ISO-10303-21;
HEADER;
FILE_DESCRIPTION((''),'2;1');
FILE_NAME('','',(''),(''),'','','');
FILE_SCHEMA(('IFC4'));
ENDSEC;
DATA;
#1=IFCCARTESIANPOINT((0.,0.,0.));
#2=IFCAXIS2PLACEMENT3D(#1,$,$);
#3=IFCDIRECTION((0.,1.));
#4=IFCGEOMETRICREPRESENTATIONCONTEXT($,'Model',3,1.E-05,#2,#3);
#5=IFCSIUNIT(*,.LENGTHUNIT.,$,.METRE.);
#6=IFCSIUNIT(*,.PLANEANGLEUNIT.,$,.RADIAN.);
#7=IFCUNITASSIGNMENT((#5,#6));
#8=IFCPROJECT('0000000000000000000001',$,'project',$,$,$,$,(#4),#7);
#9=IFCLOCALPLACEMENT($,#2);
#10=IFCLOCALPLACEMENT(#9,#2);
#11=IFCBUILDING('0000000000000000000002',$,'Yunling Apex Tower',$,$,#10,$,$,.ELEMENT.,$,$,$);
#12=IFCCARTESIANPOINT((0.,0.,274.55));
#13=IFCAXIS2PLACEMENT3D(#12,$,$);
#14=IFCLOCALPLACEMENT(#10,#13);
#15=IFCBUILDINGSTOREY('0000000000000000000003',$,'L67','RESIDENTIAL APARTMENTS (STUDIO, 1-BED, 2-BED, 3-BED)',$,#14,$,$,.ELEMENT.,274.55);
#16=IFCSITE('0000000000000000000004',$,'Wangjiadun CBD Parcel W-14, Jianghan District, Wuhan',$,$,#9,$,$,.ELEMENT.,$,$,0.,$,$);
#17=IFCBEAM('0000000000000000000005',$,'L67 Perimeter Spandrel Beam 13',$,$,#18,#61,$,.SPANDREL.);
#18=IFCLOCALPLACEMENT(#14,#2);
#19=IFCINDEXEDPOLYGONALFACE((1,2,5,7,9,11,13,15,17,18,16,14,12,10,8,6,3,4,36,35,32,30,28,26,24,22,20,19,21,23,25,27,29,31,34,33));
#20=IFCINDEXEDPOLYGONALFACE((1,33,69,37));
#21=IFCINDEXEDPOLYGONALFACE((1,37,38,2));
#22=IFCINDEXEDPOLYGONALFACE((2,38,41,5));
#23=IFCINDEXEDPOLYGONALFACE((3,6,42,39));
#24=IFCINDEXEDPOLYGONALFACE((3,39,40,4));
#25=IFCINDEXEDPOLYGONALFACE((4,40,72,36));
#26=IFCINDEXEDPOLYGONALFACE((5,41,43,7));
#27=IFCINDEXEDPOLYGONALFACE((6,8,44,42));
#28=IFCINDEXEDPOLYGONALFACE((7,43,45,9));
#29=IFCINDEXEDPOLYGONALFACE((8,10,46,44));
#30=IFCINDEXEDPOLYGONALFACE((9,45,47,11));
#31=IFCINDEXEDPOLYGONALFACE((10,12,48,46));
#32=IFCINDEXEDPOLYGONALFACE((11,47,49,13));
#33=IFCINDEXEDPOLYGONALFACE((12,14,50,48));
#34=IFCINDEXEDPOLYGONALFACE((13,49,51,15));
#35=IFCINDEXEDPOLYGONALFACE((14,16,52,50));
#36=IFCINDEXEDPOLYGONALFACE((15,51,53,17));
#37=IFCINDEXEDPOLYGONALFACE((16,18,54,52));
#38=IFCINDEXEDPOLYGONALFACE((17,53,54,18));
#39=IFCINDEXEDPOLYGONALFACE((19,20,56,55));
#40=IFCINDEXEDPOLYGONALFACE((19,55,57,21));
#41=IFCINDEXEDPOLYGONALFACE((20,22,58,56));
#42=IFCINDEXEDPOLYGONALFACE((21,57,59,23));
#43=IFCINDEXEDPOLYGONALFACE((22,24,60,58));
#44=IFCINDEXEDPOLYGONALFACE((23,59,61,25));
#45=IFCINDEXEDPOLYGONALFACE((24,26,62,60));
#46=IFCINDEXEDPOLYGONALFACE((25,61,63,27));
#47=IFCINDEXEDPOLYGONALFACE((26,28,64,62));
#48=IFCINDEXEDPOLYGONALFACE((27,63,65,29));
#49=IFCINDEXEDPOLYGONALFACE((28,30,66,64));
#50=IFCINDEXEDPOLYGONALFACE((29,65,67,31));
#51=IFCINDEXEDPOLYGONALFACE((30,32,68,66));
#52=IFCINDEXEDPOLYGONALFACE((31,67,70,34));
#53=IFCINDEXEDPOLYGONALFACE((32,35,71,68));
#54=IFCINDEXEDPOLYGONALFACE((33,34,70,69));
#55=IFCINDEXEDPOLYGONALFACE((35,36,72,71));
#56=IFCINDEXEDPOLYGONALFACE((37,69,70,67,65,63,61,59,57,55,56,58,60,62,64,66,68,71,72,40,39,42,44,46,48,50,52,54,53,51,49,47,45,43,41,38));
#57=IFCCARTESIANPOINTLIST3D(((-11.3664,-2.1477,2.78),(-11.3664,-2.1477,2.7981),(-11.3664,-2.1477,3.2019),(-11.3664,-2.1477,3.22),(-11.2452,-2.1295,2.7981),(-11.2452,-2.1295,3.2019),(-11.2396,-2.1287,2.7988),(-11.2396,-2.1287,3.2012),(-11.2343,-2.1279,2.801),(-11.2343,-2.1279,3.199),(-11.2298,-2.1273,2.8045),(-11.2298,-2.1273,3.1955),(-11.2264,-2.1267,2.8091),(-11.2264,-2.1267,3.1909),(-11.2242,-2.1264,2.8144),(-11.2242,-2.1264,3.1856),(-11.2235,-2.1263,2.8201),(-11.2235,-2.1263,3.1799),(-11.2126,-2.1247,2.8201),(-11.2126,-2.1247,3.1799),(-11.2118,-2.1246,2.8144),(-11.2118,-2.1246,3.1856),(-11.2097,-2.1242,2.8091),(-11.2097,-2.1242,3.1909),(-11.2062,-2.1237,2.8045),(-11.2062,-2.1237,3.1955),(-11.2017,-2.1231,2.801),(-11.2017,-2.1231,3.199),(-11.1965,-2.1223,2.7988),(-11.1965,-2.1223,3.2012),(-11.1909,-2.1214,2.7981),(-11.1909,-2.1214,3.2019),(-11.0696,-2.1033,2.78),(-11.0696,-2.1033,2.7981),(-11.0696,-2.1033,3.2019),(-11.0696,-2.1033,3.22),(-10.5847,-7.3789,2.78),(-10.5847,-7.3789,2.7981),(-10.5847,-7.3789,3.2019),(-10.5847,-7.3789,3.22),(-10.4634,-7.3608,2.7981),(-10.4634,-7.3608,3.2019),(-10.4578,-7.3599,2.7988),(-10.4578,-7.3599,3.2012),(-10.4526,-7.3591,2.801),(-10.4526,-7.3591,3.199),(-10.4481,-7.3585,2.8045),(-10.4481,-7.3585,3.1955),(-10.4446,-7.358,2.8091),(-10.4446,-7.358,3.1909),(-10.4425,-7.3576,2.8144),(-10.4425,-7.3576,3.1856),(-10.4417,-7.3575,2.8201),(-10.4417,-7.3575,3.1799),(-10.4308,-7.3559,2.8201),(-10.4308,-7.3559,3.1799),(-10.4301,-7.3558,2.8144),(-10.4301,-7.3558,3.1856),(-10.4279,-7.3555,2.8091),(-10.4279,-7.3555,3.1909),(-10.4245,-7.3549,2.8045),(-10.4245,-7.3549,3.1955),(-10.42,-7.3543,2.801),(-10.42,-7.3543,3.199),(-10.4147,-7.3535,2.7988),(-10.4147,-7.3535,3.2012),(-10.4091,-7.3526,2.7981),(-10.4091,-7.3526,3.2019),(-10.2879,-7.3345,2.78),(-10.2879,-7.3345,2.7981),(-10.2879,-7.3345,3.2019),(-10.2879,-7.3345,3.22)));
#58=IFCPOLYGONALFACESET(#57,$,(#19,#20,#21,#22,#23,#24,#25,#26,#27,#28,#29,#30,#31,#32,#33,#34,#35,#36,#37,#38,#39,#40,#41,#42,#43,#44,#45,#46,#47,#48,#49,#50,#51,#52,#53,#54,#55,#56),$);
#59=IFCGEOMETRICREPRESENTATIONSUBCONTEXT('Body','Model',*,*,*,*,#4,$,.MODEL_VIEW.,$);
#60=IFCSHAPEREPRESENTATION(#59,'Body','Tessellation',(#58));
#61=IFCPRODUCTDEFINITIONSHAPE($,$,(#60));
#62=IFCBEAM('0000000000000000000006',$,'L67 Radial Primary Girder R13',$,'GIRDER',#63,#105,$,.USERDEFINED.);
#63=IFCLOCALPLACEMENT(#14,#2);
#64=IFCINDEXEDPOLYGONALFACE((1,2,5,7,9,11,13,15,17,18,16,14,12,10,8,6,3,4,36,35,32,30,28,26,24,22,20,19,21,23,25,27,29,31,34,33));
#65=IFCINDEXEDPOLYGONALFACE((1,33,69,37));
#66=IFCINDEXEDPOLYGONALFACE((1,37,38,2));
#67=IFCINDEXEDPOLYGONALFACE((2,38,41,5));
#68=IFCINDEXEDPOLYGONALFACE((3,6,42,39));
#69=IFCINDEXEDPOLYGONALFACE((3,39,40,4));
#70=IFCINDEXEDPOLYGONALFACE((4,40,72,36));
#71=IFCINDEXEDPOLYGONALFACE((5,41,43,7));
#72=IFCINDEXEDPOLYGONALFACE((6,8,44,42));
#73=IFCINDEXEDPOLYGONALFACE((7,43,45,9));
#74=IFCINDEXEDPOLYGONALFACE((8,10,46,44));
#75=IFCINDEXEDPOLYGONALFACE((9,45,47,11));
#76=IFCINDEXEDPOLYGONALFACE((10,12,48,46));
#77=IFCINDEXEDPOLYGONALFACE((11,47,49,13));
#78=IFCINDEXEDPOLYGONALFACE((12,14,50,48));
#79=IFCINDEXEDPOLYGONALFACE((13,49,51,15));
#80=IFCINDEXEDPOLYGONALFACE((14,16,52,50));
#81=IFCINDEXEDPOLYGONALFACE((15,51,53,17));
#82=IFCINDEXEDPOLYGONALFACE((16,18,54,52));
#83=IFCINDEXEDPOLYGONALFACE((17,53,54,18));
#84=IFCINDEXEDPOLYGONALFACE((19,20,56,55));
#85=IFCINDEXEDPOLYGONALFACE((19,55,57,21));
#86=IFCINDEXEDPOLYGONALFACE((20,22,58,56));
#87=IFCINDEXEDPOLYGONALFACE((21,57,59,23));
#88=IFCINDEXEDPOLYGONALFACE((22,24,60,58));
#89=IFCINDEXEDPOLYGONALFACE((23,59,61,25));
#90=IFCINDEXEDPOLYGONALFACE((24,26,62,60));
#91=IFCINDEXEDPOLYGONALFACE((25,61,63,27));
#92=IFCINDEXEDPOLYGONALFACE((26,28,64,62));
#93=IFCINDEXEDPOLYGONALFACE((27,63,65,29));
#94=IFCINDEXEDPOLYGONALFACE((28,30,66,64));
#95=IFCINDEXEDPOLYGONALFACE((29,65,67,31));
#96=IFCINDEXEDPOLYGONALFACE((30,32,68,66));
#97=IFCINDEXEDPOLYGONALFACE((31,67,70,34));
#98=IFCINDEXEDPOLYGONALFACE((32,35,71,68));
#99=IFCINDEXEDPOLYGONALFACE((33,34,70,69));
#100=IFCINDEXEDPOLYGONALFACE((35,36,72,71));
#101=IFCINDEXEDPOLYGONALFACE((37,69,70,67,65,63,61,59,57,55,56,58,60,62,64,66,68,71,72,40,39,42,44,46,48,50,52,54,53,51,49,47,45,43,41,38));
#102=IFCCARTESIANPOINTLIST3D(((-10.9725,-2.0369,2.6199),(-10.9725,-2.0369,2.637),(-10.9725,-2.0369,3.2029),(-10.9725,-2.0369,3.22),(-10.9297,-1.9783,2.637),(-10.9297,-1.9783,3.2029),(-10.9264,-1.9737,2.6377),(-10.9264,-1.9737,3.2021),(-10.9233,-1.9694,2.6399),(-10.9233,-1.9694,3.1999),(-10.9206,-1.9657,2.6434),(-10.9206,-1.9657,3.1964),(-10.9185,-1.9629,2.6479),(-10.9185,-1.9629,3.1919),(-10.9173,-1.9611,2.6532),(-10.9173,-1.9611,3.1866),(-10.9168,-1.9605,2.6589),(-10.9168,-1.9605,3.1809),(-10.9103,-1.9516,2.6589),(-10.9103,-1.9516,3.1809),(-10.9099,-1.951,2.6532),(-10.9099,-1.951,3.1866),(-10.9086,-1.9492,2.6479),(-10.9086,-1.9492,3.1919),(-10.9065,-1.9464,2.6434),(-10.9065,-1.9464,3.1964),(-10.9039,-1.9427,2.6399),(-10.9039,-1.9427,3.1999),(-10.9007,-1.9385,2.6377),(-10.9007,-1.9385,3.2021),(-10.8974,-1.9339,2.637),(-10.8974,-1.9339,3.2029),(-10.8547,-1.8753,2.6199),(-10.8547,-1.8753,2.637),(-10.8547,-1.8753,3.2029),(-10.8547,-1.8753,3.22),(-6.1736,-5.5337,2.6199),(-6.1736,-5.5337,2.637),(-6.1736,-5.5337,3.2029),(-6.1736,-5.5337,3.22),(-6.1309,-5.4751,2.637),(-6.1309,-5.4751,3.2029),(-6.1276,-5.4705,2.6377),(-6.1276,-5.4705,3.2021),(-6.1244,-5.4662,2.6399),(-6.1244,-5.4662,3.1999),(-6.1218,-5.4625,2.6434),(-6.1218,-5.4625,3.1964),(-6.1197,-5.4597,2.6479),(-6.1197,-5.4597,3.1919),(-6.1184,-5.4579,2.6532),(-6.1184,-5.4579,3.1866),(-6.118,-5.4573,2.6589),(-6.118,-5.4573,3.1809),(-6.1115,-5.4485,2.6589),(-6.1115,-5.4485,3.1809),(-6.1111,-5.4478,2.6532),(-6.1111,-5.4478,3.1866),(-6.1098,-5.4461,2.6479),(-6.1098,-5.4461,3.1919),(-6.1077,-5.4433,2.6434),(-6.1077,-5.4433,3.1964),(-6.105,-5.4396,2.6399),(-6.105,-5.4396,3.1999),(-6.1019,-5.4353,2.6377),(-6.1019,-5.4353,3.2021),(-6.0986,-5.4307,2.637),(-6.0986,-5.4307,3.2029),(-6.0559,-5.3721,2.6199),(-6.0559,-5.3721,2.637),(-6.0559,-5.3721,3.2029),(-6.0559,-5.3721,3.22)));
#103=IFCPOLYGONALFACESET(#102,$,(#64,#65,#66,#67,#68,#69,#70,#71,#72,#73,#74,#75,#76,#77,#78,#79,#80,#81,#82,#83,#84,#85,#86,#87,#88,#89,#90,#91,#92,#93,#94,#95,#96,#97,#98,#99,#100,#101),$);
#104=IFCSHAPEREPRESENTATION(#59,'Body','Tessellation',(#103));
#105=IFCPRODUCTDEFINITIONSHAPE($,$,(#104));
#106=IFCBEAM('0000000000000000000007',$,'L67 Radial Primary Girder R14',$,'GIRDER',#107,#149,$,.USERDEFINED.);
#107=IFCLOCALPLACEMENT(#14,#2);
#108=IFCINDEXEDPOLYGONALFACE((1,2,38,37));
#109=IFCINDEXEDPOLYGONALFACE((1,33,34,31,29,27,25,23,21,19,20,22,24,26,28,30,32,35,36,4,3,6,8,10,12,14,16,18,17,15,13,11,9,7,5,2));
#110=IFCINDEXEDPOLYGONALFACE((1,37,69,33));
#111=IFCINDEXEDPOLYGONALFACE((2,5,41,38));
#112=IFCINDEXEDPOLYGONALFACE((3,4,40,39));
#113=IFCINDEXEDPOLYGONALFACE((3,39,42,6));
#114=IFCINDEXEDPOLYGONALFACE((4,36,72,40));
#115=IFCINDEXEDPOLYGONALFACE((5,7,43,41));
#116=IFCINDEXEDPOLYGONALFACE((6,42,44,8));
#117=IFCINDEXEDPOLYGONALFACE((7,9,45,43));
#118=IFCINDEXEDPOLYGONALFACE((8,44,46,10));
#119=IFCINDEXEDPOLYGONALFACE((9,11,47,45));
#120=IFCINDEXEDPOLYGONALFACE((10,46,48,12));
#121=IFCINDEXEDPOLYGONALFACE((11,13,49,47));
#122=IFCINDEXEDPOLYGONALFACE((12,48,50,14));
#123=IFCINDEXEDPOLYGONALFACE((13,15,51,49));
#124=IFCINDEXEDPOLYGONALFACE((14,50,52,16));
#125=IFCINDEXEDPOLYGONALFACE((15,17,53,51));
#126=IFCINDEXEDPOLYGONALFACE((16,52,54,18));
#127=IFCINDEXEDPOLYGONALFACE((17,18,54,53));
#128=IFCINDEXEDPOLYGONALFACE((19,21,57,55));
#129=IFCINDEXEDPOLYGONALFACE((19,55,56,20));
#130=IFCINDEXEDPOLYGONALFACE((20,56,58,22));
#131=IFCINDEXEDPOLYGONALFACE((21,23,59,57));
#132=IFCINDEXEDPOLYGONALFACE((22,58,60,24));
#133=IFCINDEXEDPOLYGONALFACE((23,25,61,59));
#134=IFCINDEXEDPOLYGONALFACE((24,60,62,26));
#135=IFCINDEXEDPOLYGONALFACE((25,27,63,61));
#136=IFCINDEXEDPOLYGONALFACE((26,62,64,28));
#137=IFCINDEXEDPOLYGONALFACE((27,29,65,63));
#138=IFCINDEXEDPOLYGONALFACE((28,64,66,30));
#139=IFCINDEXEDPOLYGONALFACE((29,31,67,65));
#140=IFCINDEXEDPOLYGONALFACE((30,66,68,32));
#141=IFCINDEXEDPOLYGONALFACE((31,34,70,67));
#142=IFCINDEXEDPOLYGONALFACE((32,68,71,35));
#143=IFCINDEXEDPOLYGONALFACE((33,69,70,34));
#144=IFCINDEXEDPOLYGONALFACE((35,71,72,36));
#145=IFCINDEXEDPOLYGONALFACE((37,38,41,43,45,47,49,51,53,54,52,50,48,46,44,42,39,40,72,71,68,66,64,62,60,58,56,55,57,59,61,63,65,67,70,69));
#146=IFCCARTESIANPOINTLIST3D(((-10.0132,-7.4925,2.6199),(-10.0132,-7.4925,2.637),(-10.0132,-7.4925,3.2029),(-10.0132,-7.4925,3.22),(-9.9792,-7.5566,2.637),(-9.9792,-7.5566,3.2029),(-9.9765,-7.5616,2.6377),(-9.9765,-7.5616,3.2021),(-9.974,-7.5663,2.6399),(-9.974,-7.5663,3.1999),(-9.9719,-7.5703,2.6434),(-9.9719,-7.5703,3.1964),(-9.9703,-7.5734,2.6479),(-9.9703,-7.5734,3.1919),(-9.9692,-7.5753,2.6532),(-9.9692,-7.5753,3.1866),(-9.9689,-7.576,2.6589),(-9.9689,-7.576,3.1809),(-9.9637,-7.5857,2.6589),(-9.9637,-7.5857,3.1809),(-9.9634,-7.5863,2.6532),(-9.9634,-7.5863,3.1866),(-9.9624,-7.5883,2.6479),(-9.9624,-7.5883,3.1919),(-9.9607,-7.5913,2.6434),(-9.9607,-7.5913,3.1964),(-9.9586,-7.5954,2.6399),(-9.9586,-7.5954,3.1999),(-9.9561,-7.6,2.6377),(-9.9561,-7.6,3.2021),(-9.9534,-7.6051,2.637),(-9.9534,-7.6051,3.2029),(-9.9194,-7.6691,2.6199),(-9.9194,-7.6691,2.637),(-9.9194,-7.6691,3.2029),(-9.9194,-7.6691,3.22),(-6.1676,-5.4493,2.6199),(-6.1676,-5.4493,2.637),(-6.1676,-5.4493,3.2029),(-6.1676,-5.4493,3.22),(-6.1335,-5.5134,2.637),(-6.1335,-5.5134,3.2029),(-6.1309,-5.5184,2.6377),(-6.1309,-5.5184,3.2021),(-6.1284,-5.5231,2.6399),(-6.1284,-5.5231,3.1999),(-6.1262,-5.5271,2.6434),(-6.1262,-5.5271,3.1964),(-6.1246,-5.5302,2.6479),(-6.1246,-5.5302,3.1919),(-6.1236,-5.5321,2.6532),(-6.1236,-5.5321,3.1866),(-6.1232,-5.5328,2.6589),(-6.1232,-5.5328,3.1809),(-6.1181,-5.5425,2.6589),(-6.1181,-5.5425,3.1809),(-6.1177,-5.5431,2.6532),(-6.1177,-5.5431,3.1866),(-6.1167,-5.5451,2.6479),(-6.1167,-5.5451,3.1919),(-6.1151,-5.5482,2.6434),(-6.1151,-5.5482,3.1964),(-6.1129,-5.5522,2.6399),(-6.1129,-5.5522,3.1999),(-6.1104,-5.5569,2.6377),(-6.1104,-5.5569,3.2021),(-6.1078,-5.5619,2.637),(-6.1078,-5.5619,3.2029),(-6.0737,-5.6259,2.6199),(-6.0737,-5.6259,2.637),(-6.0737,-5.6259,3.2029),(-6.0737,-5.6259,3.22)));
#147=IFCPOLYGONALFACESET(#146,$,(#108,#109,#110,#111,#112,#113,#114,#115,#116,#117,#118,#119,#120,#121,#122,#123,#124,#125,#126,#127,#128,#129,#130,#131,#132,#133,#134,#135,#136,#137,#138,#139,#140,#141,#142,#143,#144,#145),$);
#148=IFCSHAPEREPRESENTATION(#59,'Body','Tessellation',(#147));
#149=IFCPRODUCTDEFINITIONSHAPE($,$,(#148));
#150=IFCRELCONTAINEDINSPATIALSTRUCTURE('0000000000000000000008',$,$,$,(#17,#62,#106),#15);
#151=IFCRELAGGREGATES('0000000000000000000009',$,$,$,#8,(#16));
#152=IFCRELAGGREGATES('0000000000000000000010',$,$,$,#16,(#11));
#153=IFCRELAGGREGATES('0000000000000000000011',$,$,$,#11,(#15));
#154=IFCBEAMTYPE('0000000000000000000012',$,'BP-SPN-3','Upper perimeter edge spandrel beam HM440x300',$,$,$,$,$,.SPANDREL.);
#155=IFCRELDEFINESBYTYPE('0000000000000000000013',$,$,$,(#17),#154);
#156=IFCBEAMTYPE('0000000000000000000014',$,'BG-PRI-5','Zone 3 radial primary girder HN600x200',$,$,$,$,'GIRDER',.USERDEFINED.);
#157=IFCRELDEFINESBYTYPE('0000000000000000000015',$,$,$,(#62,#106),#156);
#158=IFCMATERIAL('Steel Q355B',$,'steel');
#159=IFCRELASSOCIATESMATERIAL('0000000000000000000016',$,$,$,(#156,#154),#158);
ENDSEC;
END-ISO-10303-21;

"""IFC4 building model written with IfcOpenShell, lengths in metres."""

from ifc_helpers import new_model, si_unit, direction, frame, origin, origin_2d, place, context, subcontext, project, spatial, i_section, extrude, source, transform, mapped, material, material_profile, profile_set, type_object, element, save


model = new_model("IFC4")

# Units and contexts
model_context = context("Model", 3, precision=1e-05, world=origin(), true_north=direction((0.0, 1.0)))
body_context = subcontext(model_context, "Body", "Model", "MODEL_VIEW")
ifc_project = project(units=[si_unit("LENGTHUNIT", "METRE"), si_unit("PLANEANGLEUNIT", "RADIAN")], contexts=[model_context])

# Site, building, storey
site_placement = place(None, origin())
site = spatial("IfcSite", under=ifc_project, at=site_placement, Name="Wangjiadun CBD Parcel W-14, Jianghan District, Wuhan", CompositionType="ELEMENT", RefElevation=0.0)
building_placement = place(site_placement, origin())
building = spatial("IfcBuilding", under=site, at=building_placement, Name="Yunling Apex Tower", CompositionType="ELEMENT")
storey_placement = place(building_placement, frame((0.0, 0.0, 274.55)))
storey = spatial("IfcBuildingStorey", under=building, at=storey_placement, Name="L67", Description="RESIDENTIAL APARTMENTS (STUDIO, 1-BED, 2-BED, 3-BED)", CompositionType="ELEMENT", Elevation=274.55)

# Shared definitions
ifc_material_1 = material(Name="Steel Q355B", Category="steel")

# Beams
ifc_material_profile_1 = material_profile(ifc_material_1, i_section(OverallWidth=0.2, OverallDepth=0.6001, WebThickness=0.011, FlangeThickness=0.0171, FilletRadius=0.022, at=origin_2d()))
ifc_profile_set_1 = profile_set([ifc_material_profile_1], Name="Steel Q355B")
beam_type_1 = type_object("IfcBeamType", Name="BG-PRI-5", Description="Zone 3 radial primary girder HN600x200", ElementType="GIRDER", PredefinedType="USERDEFINED", material=ifc_profile_set_1)
ifc_material_profile_2 = material_profile(ifc_material_1, i_section(OverallWidth=0.3, OverallDepth=0.4399, WebThickness=0.011, FlangeThickness=0.0181, FilletRadius=0.022, at=origin_2d()))
ifc_profile_set_2 = profile_set([ifc_material_profile_2], Name="Steel Q355B")
beam_type_2 = type_object("IfcBeamType", Name="BP-SPN-3", Description="Upper perimeter edge spandrel beam HM440x300", PredefinedType="SPANDREL", material=ifc_profile_set_2)
shared_shape_1 = source(origin(), body_context, "Body", "SweptSolid", [
    extrude(i_section(OverallWidth=0.3, OverallDepth=0.4399, WebThickness=0.011, FlangeThickness=0.0181, FilletRadius=0.022, at=origin_2d()), origin(), (0.0, 0.0, 1.0), 5.2893),
])
beam_1_placement = place(storey_placement, frame((-11.218, -2.1255, 3.0), z_axis=(0.147796, -0.989018, 0.0), x_axis=(0.989018, 0.147796, 0.0)))
element("IfcBeam", 1, at=beam_1_placement, inside=storey, type_object=beam_type_2, Name="L67 Perimeter Spandrel Beam 13", PredefinedType="SPANDREL", context=body_context, shape_type="MappedRepresentation", body=[
    mapped(shared_shape_1, transform((0.0, 0.0, 0.0), scale=1.0)),
])
shared_shape_2 = source(origin(), body_context, "Body", "SweptSolid", [
    extrude(i_section(OverallWidth=0.2, OverallDepth=0.6001, WebThickness=0.011, FlangeThickness=0.0171, FilletRadius=0.022, at=origin_2d()), origin(), (0.0, 0.0, 1.0), 5.9377),
])
beam_2_placement = place(storey_placement, frame((-10.9136, -1.9561, 2.9199), z_axis=(0.808193, -0.588917, 0.0), x_axis=(0.588917, 0.808193, 0.0)))
element("IfcBeam", 2, at=beam_2_placement, inside=storey, type_object=beam_type_1, Name="L67 Radial Primary Girder R13", ObjectType="GIRDER", PredefinedType="USERDEFINED", context=body_context, shape_type="MappedRepresentation", body=[
    mapped(shared_shape_2, transform((0.0, 0.0, 0.0), scale=1.0)),
])
shared_shape_3 = source(origin(), body_context, "Body", "SweptSolid", [
    extrude(i_section(OverallWidth=0.2, OverallDepth=0.6001, WebThickness=0.011, FlangeThickness=0.0171, FilletRadius=0.022, at=origin_2d()), origin(), (0.0, 0.0, 1.0), 4.3547),
])
beam_3_placement = place(storey_placement, frame((-9.9663, -7.5808, 2.9199), z_axis=(0.883098, 0.469188, 0.0), x_axis=(-0.469188, 0.883098, 0.0)))
element("IfcBeam", 3, at=beam_3_placement, inside=storey, type_object=beam_type_1, Name="L67 Radial Primary Girder R14", ObjectType="GIRDER", PredefinedType="USERDEFINED", context=body_context, shape_type="MappedRepresentation", body=[
    mapped(shared_shape_3, transform((0.0, 0.0, 0.0), scale=1.0)),
])

save(model, "model.ifc")
